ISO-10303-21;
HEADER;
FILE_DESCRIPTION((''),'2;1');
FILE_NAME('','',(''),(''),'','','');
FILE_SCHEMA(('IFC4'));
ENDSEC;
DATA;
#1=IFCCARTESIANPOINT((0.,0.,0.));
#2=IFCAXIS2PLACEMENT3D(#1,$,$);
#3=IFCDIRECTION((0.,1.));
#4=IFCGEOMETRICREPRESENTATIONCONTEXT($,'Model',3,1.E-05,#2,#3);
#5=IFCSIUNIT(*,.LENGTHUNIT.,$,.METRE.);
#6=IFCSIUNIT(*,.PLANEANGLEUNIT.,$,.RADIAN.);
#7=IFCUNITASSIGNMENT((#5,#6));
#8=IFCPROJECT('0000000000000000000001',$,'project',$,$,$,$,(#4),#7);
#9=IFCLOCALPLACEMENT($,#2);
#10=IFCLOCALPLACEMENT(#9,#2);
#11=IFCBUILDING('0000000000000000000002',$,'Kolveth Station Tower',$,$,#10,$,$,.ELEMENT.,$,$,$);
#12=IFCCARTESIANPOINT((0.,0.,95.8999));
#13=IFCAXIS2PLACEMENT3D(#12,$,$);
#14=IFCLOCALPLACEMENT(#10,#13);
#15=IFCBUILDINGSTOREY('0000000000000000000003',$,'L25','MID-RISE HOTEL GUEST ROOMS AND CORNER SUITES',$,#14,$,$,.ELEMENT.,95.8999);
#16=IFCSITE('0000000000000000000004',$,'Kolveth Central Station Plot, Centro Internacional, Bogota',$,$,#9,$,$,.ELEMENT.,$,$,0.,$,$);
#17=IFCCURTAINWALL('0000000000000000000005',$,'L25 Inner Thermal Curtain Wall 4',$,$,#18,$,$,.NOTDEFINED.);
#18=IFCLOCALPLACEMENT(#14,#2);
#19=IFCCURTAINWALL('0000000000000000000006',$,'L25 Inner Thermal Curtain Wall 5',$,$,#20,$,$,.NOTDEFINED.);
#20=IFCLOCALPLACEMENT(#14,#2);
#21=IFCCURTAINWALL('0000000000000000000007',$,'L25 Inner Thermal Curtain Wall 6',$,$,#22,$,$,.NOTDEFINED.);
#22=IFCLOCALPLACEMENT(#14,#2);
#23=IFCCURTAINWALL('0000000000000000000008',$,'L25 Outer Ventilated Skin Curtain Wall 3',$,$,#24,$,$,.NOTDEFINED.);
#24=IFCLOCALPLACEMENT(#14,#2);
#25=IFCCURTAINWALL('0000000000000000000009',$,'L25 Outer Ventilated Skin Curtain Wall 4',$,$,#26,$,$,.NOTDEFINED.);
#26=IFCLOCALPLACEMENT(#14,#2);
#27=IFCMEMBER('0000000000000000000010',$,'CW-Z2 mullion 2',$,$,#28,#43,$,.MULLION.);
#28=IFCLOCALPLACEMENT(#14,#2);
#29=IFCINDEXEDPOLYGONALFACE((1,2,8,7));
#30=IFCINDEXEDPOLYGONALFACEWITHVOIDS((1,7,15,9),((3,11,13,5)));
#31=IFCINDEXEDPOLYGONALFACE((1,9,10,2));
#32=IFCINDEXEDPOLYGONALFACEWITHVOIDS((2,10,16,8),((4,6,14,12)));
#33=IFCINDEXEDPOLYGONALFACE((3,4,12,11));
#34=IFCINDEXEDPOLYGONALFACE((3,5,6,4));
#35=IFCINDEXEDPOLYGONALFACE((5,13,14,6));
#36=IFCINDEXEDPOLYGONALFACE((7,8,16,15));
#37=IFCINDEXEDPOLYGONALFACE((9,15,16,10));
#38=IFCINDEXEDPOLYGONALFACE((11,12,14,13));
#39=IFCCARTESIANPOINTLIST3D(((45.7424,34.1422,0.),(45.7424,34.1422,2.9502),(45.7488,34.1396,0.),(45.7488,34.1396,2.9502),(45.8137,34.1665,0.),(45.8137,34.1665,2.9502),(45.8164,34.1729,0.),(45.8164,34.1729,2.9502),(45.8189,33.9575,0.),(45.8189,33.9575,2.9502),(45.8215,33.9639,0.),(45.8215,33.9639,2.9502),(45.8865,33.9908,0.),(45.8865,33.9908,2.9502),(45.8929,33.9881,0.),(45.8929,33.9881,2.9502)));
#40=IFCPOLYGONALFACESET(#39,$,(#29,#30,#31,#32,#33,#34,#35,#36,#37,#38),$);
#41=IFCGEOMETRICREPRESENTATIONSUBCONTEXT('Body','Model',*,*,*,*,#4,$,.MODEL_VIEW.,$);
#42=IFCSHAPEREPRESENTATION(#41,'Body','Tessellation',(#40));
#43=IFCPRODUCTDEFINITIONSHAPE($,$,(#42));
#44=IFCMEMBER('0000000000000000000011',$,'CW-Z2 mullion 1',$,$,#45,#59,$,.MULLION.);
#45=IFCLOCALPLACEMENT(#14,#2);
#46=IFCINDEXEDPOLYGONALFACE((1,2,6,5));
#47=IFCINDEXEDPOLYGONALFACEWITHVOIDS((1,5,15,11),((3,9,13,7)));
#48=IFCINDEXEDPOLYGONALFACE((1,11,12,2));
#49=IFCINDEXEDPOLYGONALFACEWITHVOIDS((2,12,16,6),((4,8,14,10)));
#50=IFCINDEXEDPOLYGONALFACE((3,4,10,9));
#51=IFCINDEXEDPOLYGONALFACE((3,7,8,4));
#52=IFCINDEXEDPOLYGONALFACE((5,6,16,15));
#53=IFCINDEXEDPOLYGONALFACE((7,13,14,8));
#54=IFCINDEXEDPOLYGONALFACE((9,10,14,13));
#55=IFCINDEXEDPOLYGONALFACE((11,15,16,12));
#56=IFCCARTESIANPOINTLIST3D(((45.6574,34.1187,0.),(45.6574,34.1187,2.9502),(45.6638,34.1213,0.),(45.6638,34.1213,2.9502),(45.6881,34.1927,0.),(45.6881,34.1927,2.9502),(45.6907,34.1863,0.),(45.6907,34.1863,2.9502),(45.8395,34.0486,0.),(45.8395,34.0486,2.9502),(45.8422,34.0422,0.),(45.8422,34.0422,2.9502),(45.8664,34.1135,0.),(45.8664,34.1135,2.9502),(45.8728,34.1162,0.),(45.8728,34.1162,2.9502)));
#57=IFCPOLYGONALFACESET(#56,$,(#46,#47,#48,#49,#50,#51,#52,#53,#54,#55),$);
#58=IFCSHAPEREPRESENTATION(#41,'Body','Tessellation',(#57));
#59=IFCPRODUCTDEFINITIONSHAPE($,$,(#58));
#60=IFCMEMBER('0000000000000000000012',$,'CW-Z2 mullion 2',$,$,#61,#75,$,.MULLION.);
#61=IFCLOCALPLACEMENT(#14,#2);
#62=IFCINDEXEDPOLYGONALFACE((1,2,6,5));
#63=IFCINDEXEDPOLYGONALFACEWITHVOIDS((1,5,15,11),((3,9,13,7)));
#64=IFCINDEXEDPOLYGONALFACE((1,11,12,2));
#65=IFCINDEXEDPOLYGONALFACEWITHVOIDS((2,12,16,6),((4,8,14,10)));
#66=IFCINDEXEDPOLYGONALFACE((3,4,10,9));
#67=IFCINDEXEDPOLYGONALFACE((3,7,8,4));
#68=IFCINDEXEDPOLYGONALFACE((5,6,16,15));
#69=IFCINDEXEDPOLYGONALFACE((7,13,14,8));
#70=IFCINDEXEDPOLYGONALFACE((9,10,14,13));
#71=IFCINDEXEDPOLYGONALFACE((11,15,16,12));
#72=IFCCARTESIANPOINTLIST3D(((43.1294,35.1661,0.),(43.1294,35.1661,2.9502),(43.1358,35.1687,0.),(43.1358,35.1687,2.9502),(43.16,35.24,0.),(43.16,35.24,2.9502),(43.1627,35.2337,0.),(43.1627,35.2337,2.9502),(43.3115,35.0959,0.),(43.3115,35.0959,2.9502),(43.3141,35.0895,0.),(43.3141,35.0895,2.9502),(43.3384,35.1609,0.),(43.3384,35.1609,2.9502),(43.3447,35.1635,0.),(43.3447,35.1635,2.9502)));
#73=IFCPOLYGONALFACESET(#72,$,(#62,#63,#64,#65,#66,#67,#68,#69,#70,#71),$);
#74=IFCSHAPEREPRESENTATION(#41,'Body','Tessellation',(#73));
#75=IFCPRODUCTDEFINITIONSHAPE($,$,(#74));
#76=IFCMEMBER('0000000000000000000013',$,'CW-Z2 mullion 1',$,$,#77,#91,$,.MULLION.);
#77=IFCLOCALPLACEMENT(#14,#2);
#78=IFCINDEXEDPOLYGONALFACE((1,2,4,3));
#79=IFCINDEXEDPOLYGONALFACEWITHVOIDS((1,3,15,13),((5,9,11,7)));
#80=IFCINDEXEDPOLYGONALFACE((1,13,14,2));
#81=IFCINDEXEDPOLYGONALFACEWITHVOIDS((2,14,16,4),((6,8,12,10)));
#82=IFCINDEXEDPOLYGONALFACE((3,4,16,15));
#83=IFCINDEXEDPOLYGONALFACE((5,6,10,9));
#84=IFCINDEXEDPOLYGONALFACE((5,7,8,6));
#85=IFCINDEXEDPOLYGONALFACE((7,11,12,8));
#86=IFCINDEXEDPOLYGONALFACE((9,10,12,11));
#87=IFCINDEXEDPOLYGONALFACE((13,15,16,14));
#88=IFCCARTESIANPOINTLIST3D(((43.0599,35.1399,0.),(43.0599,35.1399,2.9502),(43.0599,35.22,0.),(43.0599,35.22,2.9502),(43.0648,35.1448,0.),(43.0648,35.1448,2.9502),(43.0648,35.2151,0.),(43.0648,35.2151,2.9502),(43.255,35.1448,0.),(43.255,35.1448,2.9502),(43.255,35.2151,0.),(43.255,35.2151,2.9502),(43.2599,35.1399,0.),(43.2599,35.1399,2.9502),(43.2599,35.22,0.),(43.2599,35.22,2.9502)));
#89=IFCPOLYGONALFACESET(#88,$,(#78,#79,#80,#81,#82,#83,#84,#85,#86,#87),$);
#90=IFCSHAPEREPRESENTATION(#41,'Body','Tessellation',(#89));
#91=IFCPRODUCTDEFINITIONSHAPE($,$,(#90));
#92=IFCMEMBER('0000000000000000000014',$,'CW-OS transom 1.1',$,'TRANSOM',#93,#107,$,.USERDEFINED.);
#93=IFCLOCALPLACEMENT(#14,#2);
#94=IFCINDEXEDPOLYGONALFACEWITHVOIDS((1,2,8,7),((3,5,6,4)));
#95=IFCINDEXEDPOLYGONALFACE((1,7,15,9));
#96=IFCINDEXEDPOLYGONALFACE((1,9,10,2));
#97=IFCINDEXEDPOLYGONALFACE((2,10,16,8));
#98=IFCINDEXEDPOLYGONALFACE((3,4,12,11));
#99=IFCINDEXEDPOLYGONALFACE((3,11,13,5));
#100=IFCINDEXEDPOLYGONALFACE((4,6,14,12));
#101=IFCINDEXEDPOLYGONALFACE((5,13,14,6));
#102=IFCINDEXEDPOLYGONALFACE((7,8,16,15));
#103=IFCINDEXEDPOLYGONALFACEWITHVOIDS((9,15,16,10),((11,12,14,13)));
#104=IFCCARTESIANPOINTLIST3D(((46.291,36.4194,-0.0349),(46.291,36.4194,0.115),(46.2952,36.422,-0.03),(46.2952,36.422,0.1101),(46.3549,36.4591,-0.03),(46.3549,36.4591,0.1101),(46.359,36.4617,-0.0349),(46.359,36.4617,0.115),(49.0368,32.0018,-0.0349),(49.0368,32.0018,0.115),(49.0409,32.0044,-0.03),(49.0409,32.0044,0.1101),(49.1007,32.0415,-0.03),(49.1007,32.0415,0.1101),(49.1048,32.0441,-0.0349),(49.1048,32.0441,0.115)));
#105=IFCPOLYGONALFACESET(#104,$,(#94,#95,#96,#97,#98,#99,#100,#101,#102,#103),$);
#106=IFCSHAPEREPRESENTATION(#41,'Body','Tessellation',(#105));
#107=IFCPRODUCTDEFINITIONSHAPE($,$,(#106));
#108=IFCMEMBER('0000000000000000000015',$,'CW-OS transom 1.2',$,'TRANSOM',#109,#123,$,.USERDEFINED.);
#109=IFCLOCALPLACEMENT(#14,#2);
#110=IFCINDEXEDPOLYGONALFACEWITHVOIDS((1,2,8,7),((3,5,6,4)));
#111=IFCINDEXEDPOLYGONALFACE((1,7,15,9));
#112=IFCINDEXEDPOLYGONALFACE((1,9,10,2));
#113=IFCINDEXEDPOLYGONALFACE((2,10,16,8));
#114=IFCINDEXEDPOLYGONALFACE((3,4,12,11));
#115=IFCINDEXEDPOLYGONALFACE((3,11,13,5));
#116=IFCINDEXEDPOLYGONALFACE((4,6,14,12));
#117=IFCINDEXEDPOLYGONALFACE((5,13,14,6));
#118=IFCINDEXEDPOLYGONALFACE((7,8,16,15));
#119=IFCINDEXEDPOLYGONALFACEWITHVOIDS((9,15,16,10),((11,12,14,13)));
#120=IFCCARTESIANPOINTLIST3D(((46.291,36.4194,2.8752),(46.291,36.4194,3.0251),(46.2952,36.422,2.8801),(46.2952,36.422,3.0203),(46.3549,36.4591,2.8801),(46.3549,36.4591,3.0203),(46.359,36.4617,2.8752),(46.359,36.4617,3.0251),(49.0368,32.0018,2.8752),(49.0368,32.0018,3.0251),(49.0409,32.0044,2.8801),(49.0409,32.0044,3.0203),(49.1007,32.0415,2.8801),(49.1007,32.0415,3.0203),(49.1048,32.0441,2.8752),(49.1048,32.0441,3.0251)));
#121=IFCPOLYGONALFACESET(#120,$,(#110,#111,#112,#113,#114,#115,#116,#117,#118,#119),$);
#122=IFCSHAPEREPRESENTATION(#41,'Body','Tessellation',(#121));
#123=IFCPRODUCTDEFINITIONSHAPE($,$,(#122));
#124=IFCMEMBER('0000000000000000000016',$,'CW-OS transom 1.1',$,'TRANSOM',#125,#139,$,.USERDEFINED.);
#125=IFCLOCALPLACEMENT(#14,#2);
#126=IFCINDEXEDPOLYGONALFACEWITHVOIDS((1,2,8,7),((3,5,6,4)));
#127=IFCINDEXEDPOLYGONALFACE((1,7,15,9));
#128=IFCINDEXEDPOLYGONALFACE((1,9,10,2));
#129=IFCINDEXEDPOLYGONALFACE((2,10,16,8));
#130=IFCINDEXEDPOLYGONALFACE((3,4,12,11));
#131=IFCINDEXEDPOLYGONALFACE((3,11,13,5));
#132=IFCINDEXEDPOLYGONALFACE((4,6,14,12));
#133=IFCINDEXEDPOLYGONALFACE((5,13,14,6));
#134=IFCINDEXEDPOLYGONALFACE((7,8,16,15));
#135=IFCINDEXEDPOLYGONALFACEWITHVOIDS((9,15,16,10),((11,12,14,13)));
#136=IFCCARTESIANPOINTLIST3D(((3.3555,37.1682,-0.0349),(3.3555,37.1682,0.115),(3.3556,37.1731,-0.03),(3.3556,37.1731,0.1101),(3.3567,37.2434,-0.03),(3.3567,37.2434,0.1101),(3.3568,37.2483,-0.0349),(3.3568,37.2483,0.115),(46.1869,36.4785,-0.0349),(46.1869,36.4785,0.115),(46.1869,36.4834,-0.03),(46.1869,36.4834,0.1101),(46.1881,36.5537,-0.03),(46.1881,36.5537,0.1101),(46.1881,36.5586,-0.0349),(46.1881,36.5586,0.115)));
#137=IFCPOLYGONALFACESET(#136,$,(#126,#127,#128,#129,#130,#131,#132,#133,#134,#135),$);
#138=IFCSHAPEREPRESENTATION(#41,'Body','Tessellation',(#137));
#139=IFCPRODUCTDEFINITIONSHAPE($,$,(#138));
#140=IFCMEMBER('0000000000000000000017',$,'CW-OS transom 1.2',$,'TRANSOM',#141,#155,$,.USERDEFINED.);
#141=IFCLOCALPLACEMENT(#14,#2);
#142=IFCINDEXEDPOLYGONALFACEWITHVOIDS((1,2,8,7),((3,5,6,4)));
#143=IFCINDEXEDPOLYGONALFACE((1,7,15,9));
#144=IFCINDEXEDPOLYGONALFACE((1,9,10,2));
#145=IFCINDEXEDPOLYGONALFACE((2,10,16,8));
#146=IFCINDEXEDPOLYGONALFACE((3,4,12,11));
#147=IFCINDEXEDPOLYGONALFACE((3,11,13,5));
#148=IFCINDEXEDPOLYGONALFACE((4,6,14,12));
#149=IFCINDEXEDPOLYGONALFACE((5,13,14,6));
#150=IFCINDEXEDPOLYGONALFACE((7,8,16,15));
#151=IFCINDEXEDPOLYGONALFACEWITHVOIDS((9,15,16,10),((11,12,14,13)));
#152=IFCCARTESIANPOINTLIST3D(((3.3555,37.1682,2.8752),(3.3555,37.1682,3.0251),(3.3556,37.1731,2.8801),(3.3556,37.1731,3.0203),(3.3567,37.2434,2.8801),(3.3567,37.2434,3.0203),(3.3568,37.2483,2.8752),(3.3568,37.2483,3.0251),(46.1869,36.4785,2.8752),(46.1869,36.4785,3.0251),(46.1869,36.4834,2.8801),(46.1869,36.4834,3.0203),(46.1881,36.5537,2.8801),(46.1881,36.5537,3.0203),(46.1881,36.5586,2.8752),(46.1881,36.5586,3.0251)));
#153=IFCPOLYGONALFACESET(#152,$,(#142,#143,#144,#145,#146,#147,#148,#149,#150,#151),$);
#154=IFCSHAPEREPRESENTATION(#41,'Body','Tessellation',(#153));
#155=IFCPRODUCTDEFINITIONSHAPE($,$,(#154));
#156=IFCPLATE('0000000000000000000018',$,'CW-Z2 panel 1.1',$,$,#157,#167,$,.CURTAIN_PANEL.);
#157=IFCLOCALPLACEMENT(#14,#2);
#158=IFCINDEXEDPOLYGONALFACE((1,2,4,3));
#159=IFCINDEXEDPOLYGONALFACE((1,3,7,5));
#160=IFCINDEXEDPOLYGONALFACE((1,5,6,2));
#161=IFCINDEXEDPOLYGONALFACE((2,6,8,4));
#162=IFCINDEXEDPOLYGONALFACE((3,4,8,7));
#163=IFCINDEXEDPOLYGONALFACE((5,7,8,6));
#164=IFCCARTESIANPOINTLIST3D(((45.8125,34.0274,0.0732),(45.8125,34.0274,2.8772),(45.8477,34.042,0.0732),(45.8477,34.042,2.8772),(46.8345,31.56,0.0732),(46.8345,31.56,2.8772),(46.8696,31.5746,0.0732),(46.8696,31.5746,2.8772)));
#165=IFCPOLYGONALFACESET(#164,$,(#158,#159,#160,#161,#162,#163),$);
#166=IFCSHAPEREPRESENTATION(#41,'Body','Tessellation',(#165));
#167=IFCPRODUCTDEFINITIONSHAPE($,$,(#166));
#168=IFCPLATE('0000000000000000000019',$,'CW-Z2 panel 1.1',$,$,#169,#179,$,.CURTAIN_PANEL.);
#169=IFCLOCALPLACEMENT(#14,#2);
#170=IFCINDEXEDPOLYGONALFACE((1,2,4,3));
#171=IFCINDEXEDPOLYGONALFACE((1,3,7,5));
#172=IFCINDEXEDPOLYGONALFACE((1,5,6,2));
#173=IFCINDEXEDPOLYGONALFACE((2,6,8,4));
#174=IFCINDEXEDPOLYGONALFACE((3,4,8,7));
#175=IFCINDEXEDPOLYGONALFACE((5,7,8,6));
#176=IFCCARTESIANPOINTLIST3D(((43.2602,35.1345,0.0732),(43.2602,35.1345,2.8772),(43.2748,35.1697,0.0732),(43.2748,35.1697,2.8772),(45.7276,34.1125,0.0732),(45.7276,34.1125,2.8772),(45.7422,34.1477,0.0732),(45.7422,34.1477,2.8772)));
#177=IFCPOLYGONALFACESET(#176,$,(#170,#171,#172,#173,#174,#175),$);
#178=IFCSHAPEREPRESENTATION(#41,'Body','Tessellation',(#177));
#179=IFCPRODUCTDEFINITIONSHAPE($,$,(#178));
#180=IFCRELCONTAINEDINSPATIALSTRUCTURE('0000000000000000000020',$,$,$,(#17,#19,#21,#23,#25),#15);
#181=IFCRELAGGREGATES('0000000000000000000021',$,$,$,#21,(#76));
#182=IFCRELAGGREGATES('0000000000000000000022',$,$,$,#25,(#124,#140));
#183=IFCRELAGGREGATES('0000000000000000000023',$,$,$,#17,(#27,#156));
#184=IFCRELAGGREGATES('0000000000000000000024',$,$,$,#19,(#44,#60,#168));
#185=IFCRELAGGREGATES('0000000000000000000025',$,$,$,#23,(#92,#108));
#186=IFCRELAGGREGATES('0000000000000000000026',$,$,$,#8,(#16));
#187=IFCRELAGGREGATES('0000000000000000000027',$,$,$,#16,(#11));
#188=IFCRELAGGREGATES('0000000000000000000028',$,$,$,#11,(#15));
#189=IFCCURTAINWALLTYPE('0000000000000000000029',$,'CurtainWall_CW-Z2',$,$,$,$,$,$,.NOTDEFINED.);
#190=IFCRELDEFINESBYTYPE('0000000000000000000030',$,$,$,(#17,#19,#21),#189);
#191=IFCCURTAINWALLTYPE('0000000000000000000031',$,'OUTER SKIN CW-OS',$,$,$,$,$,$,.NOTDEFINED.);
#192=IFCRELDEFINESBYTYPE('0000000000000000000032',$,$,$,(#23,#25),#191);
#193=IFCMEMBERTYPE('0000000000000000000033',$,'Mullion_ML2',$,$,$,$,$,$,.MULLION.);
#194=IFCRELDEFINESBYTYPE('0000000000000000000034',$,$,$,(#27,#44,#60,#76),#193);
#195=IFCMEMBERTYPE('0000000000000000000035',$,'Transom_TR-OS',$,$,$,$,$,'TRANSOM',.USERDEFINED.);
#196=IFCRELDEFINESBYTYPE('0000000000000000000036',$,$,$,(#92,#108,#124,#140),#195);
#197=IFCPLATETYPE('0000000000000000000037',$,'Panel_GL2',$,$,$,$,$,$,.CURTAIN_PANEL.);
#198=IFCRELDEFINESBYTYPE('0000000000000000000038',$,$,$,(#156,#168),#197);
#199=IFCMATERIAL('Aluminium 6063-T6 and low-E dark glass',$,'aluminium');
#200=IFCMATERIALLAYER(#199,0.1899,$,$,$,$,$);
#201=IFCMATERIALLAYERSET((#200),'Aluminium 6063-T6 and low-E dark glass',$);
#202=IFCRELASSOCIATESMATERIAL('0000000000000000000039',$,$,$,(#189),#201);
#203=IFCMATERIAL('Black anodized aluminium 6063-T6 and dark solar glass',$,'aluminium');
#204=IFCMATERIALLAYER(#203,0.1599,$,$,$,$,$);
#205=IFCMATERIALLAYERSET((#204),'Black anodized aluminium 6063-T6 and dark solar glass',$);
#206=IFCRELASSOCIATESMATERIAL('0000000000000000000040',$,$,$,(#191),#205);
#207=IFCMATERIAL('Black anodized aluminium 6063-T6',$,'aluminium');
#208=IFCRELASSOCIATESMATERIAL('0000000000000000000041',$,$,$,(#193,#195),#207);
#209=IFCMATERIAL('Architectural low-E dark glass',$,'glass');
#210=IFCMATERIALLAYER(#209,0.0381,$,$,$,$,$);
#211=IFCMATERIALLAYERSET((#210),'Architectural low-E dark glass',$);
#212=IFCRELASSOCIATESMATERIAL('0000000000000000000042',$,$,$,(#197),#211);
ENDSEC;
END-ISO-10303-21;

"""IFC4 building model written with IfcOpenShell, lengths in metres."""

from ifc_helpers import new_model, si_unit, direction, frame, origin, origin_2d, place, context, subcontext, project, spatial, rectangle, hollow_rectangle, extrude, source, transform, mapped, material, layer, layer_set, material_profile, profile_set, type_object, element, aggregate, save


model = new_model("IFC4")

# Units and contexts
model_context = context("Model", 3, precision=1e-05, world=origin(), true_north=direction((0.0, 1.0)))
body_context = subcontext(model_context, "Body", "Model", "MODEL_VIEW")
ifc_project = project(units=[si_unit("LENGTHUNIT", "METRE"), si_unit("PLANEANGLEUNIT", "RADIAN")], contexts=[model_context])

# Site, building, storey
site_placement = place(None, origin())
site = spatial("IfcSite", under=ifc_project, at=site_placement, Name="Kolveth Central Station Plot, Centro Internacional, Bogota", CompositionType="ELEMENT", RefElevation=0.0)
building_placement = place(site_placement, origin())
building = spatial("IfcBuilding", under=site, at=building_placement, Name="Kolveth Station Tower", CompositionType="ELEMENT")
storey_placement = place(building_placement, frame((0.0, 0.0, 95.8999)))
storey = spatial("IfcBuildingStorey", under=building, at=storey_placement, Name="L25", Description="MID-RISE HOTEL GUEST ROOMS AND CORNER SUITES", CompositionType="ELEMENT", Elevation=95.8999)

# Curtain wall
ifc_material_1 = material(Name="Aluminium 6063-T6 and low-E dark glass", Category="aluminium")
ifc_layer_1 = layer(ifc_material_1, 0.1899)
ifc_layer_set_1 = layer_set([ifc_layer_1], Name="Aluminium 6063-T6 and low-E dark glass")
curtain_wall_type_1 = type_object("IfcCurtainWallType", Name="CurtainWall_CW-Z2", PredefinedType="NOTDEFINED", material=ifc_layer_set_1)
curtain_wall_1_placement = place(storey_placement, origin())
curtain_wall_1 = element("IfcCurtainWall", 1, at=curtain_wall_1_placement, inside=storey, type_object=curtain_wall_type_1, Name="L25 Inner Thermal Curtain Wall 4", PredefinedType="NOTDEFINED")
ifc_material_2 = material(Name="Black anodized aluminium 6063-T6", Category="aluminium")

# Curtain walls
curtain_wall_2_placement = place(storey_placement, origin())
curtain_wall_2 = element("IfcCurtainWall", 2, at=curtain_wall_2_placement, inside=storey, type_object=curtain_wall_type_1, Name="L25 Inner Thermal Curtain Wall 5", PredefinedType="NOTDEFINED")
curtain_wall_3_placement = place(storey_placement, origin())
curtain_wall_3 = element("IfcCurtainWall", 3, at=curtain_wall_3_placement, inside=storey, type_object=curtain_wall_type_1, Name="L25 Inner Thermal Curtain Wall 6", PredefinedType="NOTDEFINED")

# Shared definitions
ifc_material_3 = material(Name="Black anodized aluminium 6063-T6 and dark solar glass", Category="aluminium")
ifc_layer_2 = layer(ifc_material_3, 0.1599)
ifc_layer_set_2 = layer_set([ifc_layer_2], Name="Black anodized aluminium 6063-T6 and dark solar glass")
curtain_wall_type_2 = type_object("IfcCurtainWallType", Name="OUTER SKIN CW-OS", PredefinedType="NOTDEFINED", material=ifc_layer_set_2)

# Curtain wall
curtain_wall_4_placement = place(storey_placement, origin())
curtain_wall_4 = element("IfcCurtainWall", 4, at=curtain_wall_4_placement, inside=storey, type_object=curtain_wall_type_2, Name="L25 Outer Ventilated Skin Curtain Wall 3", PredefinedType="NOTDEFINED")

# Curtain wall
curtain_wall_5_placement = place(storey_placement, origin())
curtain_wall_5 = element("IfcCurtainWall", 5, at=curtain_wall_5_placement, inside=storey, type_object=curtain_wall_type_2, Name="L25 Outer Ventilated Skin Curtain Wall 4", PredefinedType="NOTDEFINED")

# Members
ifc_material_profile_1 = material_profile(ifc_material_2, hollow_rectangle(XDim=0.0801, YDim=0.2, WallThickness=0.0049, at=origin_2d()), Name="ALU-80x200x5")
ifc_profile_set_1 = profile_set([ifc_material_profile_1], Name="Black anodized aluminium 6063-T6")
member_type_1 = type_object("IfcMemberType", Name="Mullion_ML2", PredefinedType="MULLION", material=ifc_profile_set_1)
shared_shape_1 = source(origin(), body_context, "Body", "SweptSolid", [
    extrude(hollow_rectangle(XDim=0.0801, YDim=0.2, WallThickness=0.0049, at=origin_2d()), origin(), (0.0, 0.0, 1.0), 2.9502),
])
member_1_placement = place(storey_placement, frame((45.8176, 34.0652, 0.0), z_axis=(0.0, 0.0, 1.0), x_axis=(-0.923888, -0.382663, 0.0)))
member_1 = element("IfcMember", 6, at=member_1_placement, type_object=member_type_1, Name="CW-Z2 mullion 2", PredefinedType="MULLION", context=body_context, shape_type="MappedRepresentation", body=[
    mapped(shared_shape_1, transform((0.0, 0.0, 0.0), x_axis=(1.0, 0.0, 0.0), y_axis=(0.0, 1.0, 0.0), z_axis=(0.0, 0.0, 1.0), scale=1.0)),
])
member_2_placement = place(storey_placement, frame((45.7651, 34.1174, 0.0), z_axis=(0.0, 0.0, 1.0), x_axis=(-0.382663, -0.923888, 0.0)))
member_2 = element("IfcMember", 7, at=member_2_placement, type_object=member_type_1, Name="CW-Z2 mullion 1", PredefinedType="MULLION", context=body_context, shape_type="MappedRepresentation", body=[
    mapped(shared_shape_1, transform((0.0, 0.0, 0.0), x_axis=(1.0, 0.0, 0.0), y_axis=(0.0, 1.0, 0.0), z_axis=(0.0, 0.0, 1.0), scale=1.0)),
])
member_3_placement = place(storey_placement, frame((43.2371, 35.1648, 0.0), z_axis=(0.0, 0.0, 1.0), x_axis=(-0.382663, -0.923888, 0.0)))
member_3 = element("IfcMember", 8, at=member_3_placement, type_object=member_type_1, Name="CW-Z2 mullion 2", PredefinedType="MULLION", context=body_context, shape_type="MappedRepresentation", body=[
    mapped(shared_shape_1, transform((0.0, 0.0, 0.0), x_axis=(1.0, 0.0, 0.0), y_axis=(0.0, 1.0, 0.0), z_axis=(0.0, 0.0, 1.0), scale=1.0)),
])
member_4_placement = place(storey_placement, frame((43.1599, 35.1799, 0.0), z_axis=(0.0, 0.0, 1.0), x_axis=(0.0, -1.0, 0.0)))
member_4 = element("IfcMember", 9, at=member_4_placement, type_object=member_type_1, Name="CW-Z2 mullion 1", PredefinedType="MULLION", context=body_context, shape_type="MappedRepresentation", body=[
    mapped(shared_shape_1, transform((0.0, 0.0, 0.0), x_axis=(1.0, 0.0, 0.0), y_axis=(0.0, 1.0, 0.0), z_axis=(0.0, 0.0, 1.0), scale=1.0)),
])
aggregate(curtain_wall_3, [member_4])
ifc_material_profile_2 = material_profile(ifc_material_2, hollow_rectangle(XDim=0.0801, YDim=0.1499, WallThickness=0.0049, at=origin_2d()), Name="ALU-80x150x5")
ifc_profile_set_2 = profile_set([ifc_material_profile_2], Name="Black anodized aluminium 6063-T6")
member_type_2 = type_object("IfcMemberType", Name="Transom_TR-OS", ElementType="TRANSOM", PredefinedType="USERDEFINED", material=ifc_profile_set_2)
shared_shape_2 = source(origin(), body_context, "Body", "SweptSolid", [
    extrude(hollow_rectangle(XDim=0.0801, YDim=0.1499, WallThickness=0.0049, at=origin_2d()), origin(), (0.0, 0.0, 1.0), 5.2014),
])
member_5_placement = place(storey_placement, frame((49.0708, 32.0229, 0.04), z_axis=(-0.527892, 0.849311, 0.0), x_axis=(-0.849311, -0.527892, 0.0)))
member_5 = element("IfcMember", 10, at=member_5_placement, type_object=member_type_2, Name="CW-OS transom 1.1", ObjectType="TRANSOM", PredefinedType="USERDEFINED", context=body_context, shape_type="MappedRepresentation", body=[
    mapped(shared_shape_2, transform((0.0, 0.0, 0.0), x_axis=(1.0, 0.0, 0.0), y_axis=(0.0, 1.0, 0.0), z_axis=(0.0, 0.0, 1.0), scale=1.0)),
])
member_6_placement = place(storey_placement, frame((49.0708, 32.0229, 2.9502), z_axis=(-0.527892, 0.849311, 0.0), x_axis=(-0.849311, -0.527892, 0.0)))
member_6 = element("IfcMember", 11, at=member_6_placement, type_object=member_type_2, Name="CW-OS transom 1.2", ObjectType="TRANSOM", PredefinedType="USERDEFINED", context=body_context, shape_type="MappedRepresentation", body=[
    mapped(shared_shape_2, transform((0.0, 0.0, 0.0), x_axis=(1.0, 0.0, 0.0), y_axis=(0.0, 1.0, 0.0), z_axis=(0.0, 0.0, 1.0), scale=1.0)),
])
shared_shape_3 = source(origin(), body_context, "Body", "SweptSolid", [
    extrude(hollow_rectangle(XDim=0.0801, YDim=0.1499, WallThickness=0.0049, at=origin_2d()), origin(), (0.0, 0.0, 1.0), 42.8369),
])
member_7_placement = place(storey_placement, frame((46.1875, 36.5186, 0.04), z_axis=(-0.99987, 0.016101, 0.0), x_axis=(-0.016101, -0.99987, 0.0)))
member_7 = element("IfcMember", 12, at=member_7_placement, type_object=member_type_2, Name="CW-OS transom 1.1", ObjectType="TRANSOM", PredefinedType="USERDEFINED", context=body_context, shape_type="MappedRepresentation", body=[
    mapped(shared_shape_3, transform((0.0, 0.0, 0.0), x_axis=(1.0, 0.0, 0.0), y_axis=(0.0, 1.0, 0.0), z_axis=(0.0, 0.0, 1.0), scale=1.0)),
])
member_8_placement = place(storey_placement, frame((46.1875, 36.5186, 2.9502), z_axis=(-0.99987, 0.016101, 0.0), x_axis=(-0.016101, -0.99987, 0.0)))
member_8 = element("IfcMember", 13, at=member_8_placement, type_object=member_type_2, Name="CW-OS transom 1.2", ObjectType="TRANSOM", PredefinedType="USERDEFINED", context=body_context, shape_type="MappedRepresentation", body=[
    mapped(shared_shape_3, transform((0.0, 0.0, 0.0), x_axis=(1.0, 0.0, 0.0), y_axis=(0.0, 1.0, 0.0), z_axis=(0.0, 0.0, 1.0), scale=1.0)),
])
aggregate(curtain_wall_5, [member_7, member_8])

# Plates
ifc_material_4 = material(Name="Architectural low-E dark glass", Category="glass")
ifc_layer_3 = layer(ifc_material_4, 0.0381)
ifc_layer_set_3 = layer_set([ifc_layer_3], Name="Architectural low-E dark glass")
plate_type_1 = type_object("IfcPlateType", Name="Panel_GL2", PredefinedType="CURTAIN_PANEL", material=ifc_layer_set_3)
shared_shape_4 = source(origin(), body_context, "Body", "SweptSolid", [
    extrude(rectangle(XDim=2.6707, YDim=0.0381, at=origin_2d()), origin(), (0.0, 0.0, 1.0), 2.804),
])
plate_1_placement = place(storey_placement, frame((46.3411, 32.801, 0.0732), z_axis=(0.0, 0.0, 1.0), x_axis=(-0.382663, 0.923888, 0.0)))
plate_1 = element("IfcPlate", 14, at=plate_1_placement, type_object=plate_type_1, Name="CW-Z2 panel 1.1", PredefinedType="CURTAIN_PANEL", context=body_context, shape_type="MappedRepresentation", body=[
    mapped(shared_shape_4, transform((0.0, 0.0, 0.0), x_axis=(1.0, 0.0, 0.0), y_axis=(0.0, 1.0, 0.0), z_axis=(0.0, 0.0, 1.0), scale=1.0)),
])
aggregate(curtain_wall_1, [member_1, plate_1])
plate_2_placement = place(storey_placement, frame((44.5012, 34.6411, 0.0732), z_axis=(0.0, 0.0, 1.0), x_axis=(-0.923888, 0.382663, 0.0)))
plate_2 = element("IfcPlate", 15, at=plate_2_placement, type_object=plate_type_1, Name="CW-Z2 panel 1.1", PredefinedType="CURTAIN_PANEL", context=body_context, shape_type="MappedRepresentation", body=[
    mapped(shared_shape_4, transform((0.0, 0.0, 0.0), x_axis=(1.0, 0.0, 0.0), y_axis=(0.0, 1.0, 0.0), z_axis=(0.0, 0.0, 1.0), scale=1.0)),
])
aggregate(curtain_wall_2, [member_2, member_3, plate_2])
aggregate(curtain_wall_4, [member_5, member_6])

save(model, "model.ifc")
